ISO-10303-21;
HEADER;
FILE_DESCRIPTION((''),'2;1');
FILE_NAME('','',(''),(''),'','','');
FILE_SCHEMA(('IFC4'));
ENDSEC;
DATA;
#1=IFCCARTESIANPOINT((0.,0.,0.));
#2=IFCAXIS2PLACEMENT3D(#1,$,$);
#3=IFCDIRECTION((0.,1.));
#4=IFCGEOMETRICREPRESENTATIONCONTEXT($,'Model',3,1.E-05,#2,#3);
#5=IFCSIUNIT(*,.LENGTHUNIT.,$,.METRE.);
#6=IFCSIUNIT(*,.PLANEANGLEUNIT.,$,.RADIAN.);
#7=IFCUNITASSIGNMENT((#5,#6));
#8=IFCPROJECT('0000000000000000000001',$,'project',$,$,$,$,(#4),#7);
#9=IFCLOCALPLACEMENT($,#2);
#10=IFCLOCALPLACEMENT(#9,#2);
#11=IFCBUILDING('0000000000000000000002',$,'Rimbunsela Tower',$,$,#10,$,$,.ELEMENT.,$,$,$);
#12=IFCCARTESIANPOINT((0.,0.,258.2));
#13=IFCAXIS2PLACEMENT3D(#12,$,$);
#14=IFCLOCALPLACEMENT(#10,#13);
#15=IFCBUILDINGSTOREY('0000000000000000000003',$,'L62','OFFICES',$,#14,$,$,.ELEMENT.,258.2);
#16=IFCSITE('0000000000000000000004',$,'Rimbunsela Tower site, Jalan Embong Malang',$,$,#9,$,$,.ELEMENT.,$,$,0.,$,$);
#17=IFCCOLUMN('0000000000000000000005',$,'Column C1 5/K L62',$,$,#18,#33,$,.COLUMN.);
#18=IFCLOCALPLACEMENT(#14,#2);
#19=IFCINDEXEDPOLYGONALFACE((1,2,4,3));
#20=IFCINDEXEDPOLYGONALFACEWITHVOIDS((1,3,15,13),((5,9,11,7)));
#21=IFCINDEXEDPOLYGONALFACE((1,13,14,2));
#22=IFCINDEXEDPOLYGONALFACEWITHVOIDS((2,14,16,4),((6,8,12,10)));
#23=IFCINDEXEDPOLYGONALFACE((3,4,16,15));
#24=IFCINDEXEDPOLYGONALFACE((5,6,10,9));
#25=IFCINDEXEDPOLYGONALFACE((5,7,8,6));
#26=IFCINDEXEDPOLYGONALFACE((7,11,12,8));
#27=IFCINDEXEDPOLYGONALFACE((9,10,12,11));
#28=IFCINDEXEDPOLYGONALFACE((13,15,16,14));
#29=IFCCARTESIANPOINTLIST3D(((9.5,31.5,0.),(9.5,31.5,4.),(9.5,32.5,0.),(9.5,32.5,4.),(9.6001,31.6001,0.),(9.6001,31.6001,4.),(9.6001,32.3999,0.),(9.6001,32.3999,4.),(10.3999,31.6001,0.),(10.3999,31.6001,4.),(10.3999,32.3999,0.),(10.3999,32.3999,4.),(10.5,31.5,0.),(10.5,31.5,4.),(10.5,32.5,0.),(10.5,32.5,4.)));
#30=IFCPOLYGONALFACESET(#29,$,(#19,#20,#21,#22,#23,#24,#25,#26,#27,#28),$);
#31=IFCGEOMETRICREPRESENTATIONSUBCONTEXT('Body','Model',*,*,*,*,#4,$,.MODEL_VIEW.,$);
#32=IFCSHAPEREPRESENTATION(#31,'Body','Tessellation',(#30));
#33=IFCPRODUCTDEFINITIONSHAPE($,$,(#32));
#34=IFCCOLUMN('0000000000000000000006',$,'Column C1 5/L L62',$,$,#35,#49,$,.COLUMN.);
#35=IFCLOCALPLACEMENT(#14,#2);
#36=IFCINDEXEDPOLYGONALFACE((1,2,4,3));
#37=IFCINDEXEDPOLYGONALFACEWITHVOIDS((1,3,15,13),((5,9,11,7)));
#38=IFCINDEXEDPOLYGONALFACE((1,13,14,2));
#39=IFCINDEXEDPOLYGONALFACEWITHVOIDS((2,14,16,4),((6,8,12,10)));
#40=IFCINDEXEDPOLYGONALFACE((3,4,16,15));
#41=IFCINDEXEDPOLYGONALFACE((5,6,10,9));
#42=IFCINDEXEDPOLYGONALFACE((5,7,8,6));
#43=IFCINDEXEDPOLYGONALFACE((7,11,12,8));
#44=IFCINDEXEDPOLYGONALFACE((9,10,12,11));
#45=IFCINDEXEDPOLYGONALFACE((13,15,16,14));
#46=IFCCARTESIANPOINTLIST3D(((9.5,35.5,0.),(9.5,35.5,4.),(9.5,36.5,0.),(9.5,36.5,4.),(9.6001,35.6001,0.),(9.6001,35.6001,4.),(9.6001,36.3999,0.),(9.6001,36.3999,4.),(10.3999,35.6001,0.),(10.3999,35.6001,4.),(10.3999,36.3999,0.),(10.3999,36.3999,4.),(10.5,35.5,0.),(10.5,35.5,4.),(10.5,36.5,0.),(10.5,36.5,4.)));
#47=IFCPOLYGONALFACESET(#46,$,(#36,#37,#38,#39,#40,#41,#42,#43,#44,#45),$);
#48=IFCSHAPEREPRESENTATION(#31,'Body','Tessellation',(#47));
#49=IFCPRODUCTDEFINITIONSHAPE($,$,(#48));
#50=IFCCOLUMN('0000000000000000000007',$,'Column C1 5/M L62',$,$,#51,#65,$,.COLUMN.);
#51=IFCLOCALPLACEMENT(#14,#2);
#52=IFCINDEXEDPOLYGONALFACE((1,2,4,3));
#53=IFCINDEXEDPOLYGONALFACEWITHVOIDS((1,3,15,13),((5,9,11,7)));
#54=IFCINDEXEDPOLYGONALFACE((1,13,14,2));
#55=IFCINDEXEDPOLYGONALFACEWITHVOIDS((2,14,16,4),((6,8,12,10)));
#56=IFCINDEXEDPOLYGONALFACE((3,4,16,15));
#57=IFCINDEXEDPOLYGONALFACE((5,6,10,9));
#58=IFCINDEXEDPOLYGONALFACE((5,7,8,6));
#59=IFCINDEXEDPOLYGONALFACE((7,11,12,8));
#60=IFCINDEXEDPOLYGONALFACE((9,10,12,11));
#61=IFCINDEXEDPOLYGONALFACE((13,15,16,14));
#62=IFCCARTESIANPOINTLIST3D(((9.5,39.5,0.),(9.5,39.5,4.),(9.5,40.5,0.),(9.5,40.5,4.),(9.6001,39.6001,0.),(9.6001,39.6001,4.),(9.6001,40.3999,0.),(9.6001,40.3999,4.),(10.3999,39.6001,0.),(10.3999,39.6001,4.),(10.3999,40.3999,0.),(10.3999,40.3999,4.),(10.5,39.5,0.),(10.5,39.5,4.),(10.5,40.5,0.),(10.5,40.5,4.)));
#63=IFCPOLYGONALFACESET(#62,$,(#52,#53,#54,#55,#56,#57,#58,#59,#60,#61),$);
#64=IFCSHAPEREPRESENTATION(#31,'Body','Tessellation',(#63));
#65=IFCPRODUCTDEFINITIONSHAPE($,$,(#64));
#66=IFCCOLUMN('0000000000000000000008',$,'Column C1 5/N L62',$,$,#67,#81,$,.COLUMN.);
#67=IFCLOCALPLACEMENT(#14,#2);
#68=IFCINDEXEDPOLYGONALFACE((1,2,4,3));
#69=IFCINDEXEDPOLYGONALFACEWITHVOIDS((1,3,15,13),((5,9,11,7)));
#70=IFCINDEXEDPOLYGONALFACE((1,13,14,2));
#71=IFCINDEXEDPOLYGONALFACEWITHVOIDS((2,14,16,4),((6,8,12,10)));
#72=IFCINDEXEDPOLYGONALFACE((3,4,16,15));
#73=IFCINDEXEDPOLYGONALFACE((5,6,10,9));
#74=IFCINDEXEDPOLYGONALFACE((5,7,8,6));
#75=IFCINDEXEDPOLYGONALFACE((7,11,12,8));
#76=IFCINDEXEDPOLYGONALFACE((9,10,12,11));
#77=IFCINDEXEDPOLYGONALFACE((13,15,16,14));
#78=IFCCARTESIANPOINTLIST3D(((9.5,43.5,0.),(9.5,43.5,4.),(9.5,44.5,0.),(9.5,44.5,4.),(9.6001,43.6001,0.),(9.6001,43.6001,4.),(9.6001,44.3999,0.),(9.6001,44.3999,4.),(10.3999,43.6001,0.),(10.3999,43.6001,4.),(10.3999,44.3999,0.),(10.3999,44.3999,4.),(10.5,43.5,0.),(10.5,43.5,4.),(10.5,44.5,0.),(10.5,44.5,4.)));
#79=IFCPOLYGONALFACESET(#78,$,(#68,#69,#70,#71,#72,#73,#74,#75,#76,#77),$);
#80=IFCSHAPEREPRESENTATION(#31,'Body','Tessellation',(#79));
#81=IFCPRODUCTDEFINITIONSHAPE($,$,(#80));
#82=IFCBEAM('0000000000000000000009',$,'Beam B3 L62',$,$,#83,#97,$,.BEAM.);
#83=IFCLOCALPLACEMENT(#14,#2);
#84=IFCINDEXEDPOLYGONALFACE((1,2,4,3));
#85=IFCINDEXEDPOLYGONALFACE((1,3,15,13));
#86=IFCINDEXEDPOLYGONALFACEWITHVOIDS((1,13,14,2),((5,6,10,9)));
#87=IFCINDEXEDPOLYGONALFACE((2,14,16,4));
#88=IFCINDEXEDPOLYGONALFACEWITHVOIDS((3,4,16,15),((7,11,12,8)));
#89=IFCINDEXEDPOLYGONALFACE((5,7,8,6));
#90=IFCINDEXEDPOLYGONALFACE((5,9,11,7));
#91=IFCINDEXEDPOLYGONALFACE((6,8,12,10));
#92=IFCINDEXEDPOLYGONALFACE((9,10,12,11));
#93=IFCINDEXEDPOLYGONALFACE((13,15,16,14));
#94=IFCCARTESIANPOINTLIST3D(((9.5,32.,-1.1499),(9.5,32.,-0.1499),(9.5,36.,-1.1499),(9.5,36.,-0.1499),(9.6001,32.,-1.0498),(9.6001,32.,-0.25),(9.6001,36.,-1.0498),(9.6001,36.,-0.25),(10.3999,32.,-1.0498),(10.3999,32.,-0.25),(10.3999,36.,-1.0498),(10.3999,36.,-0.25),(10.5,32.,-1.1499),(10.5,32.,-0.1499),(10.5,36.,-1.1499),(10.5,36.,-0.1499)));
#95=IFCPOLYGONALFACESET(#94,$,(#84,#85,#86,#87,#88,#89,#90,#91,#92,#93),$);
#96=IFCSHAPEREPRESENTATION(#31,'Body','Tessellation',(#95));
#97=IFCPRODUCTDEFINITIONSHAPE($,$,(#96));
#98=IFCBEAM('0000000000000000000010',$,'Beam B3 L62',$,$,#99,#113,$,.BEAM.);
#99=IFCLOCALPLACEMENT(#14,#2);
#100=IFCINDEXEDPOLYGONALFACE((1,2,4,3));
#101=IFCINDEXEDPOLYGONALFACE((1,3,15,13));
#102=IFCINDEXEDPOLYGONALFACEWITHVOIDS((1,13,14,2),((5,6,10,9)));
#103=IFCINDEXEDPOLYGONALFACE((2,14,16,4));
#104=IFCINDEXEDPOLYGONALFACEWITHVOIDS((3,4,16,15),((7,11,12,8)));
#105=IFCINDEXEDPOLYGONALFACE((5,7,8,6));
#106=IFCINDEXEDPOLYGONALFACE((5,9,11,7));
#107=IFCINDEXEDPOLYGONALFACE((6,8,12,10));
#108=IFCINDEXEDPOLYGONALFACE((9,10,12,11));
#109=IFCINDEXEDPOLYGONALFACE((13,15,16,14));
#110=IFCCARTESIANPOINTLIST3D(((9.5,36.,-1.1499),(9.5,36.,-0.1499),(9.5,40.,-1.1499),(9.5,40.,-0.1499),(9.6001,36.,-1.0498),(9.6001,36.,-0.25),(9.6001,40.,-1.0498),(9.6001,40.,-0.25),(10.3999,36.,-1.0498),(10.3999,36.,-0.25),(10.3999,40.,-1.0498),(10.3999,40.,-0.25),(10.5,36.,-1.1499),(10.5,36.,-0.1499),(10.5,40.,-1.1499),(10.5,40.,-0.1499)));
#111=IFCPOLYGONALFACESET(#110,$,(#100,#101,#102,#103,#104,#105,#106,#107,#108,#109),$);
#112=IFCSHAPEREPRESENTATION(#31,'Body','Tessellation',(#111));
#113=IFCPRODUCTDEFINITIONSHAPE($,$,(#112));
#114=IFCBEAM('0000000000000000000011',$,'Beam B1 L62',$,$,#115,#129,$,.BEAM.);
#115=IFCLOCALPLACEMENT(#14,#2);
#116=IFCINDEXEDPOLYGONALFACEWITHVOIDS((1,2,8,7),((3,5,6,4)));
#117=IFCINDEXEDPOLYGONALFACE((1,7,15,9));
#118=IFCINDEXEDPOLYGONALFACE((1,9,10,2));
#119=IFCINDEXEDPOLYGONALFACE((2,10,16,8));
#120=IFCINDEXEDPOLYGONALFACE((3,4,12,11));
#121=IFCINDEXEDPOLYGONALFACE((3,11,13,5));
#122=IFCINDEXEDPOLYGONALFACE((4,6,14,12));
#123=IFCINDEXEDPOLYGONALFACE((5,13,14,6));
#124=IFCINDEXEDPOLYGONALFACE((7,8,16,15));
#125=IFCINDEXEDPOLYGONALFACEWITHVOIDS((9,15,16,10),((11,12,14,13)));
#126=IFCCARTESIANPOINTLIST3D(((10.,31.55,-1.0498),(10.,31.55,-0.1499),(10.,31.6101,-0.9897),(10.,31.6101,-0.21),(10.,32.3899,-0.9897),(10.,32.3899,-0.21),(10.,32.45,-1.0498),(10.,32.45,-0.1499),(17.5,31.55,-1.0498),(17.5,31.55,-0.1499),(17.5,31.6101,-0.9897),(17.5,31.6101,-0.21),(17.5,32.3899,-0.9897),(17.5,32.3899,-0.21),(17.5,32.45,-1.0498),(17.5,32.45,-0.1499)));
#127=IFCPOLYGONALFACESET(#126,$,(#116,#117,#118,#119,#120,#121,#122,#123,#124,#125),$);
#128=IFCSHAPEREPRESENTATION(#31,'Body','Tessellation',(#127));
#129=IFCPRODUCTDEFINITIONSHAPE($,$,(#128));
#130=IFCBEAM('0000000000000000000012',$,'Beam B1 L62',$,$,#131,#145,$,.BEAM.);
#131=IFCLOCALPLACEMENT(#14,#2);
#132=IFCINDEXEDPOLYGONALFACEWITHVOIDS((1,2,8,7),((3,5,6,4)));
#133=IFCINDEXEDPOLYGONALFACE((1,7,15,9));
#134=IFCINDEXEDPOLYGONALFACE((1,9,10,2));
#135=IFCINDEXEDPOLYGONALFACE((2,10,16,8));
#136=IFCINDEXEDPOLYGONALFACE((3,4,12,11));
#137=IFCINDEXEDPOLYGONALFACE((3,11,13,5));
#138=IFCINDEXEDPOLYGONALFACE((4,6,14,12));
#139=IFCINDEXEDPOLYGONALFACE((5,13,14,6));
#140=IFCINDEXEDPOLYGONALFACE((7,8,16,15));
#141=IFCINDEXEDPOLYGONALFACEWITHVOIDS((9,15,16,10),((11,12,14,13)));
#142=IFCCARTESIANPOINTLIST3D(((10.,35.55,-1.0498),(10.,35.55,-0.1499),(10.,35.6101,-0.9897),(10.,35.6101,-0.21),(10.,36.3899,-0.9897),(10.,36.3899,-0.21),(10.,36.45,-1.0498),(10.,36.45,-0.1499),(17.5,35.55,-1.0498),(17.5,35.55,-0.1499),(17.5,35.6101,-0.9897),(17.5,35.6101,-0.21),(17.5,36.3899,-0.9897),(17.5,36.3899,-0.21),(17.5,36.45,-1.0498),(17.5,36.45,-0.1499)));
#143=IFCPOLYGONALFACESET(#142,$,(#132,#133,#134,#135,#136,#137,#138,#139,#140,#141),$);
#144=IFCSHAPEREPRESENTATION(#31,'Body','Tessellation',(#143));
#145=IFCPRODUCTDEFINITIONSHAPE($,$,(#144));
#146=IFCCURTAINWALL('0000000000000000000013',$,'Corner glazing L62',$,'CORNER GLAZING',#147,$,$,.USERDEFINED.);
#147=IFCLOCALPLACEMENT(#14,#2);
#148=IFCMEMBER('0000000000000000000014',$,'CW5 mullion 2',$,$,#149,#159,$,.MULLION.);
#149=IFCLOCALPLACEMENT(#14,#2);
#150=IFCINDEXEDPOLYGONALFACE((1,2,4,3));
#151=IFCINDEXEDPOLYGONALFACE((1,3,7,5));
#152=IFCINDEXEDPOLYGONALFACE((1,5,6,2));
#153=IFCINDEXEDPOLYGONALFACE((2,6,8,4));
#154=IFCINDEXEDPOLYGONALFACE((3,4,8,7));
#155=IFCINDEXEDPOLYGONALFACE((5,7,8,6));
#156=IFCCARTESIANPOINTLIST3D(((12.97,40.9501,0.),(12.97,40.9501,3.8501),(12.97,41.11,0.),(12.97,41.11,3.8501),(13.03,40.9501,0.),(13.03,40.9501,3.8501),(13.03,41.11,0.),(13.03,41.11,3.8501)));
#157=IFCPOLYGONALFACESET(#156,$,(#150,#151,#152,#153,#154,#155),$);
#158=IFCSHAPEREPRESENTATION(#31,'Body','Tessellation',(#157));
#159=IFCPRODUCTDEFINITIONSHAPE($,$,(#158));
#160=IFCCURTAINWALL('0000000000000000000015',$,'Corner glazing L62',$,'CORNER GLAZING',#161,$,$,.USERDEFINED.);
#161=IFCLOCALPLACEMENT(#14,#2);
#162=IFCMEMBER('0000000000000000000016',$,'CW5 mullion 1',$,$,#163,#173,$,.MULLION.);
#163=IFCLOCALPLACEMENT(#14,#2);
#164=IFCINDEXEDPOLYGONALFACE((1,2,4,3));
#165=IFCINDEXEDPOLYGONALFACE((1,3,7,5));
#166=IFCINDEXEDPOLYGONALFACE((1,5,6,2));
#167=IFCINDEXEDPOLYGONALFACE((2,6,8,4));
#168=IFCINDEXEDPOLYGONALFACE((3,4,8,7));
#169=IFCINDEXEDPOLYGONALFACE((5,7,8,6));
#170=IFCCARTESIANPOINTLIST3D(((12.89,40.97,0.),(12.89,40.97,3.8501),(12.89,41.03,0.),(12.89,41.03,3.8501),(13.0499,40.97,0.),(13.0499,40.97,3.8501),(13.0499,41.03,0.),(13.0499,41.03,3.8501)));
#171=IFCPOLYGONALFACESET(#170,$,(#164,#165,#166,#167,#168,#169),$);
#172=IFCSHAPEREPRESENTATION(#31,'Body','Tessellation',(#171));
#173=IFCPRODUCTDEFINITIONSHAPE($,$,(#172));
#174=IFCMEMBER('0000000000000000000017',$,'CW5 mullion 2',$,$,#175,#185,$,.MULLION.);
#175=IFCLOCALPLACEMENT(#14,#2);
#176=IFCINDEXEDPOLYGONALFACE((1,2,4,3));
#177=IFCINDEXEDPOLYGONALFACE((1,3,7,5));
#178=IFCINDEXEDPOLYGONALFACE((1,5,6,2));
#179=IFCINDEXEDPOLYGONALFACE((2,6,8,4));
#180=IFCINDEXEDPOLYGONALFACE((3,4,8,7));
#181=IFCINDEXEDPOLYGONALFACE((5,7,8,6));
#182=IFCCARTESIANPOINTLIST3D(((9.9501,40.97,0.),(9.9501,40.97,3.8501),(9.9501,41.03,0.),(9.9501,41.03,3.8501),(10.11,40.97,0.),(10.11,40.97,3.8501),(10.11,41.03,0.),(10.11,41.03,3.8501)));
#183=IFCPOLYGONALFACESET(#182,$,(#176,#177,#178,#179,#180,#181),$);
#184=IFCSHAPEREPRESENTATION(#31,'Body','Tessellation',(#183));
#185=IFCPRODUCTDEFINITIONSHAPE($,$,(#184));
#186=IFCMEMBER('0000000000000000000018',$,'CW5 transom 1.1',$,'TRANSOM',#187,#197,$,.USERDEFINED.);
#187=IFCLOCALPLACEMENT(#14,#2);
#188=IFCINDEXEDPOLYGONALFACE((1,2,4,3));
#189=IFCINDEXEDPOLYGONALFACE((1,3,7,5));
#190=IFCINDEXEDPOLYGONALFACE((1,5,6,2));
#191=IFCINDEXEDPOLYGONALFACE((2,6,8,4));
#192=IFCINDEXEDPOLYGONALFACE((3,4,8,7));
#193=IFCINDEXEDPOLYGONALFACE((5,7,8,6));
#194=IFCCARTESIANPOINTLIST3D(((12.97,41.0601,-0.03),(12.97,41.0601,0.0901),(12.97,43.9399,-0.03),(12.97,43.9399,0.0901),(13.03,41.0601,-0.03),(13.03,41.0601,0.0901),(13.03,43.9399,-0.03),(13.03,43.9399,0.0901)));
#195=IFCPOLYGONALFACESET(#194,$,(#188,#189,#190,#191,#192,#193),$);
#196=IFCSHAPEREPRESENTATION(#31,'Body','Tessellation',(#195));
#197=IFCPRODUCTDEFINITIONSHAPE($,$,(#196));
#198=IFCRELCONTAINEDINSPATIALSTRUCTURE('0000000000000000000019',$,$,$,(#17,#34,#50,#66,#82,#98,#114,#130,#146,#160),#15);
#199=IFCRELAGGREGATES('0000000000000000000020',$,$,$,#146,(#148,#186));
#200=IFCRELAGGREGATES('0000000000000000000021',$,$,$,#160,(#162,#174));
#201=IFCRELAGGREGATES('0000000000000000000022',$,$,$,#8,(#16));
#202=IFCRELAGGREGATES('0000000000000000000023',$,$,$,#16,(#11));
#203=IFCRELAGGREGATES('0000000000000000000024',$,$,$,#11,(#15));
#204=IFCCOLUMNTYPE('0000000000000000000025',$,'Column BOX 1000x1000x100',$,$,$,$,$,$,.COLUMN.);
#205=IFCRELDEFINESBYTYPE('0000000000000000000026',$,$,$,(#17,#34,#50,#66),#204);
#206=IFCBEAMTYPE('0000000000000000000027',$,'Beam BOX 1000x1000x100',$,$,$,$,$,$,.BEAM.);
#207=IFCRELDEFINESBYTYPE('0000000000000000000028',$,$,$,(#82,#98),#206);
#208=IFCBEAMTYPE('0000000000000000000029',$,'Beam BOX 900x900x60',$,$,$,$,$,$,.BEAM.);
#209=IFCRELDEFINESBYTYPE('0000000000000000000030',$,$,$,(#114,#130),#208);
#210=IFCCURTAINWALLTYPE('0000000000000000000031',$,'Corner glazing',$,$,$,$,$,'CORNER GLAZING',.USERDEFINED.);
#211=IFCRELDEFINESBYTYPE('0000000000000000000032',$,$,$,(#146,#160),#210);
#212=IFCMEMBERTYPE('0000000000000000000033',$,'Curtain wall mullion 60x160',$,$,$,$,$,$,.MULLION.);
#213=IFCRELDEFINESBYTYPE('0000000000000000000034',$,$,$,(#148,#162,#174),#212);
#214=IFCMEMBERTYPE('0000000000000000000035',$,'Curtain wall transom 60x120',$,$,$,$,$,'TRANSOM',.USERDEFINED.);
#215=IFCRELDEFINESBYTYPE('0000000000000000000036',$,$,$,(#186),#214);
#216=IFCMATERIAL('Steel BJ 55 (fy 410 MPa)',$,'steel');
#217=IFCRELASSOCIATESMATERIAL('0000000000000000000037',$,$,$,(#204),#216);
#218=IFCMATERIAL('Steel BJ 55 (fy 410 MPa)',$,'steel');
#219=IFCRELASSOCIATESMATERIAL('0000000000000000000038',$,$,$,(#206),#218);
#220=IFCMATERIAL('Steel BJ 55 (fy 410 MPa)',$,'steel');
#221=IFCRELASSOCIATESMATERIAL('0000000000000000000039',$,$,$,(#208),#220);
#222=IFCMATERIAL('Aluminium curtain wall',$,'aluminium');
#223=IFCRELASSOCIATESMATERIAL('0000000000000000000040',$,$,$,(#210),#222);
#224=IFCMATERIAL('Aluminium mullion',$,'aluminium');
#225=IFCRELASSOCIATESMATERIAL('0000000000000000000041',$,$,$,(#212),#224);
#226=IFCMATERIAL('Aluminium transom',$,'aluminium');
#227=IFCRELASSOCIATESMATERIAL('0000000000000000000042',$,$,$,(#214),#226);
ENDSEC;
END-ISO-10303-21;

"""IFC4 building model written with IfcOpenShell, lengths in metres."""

from ifc_helpers import new_model, si_unit, direction, frame, origin, origin_2d, place, context, subcontext, project, spatial, rectangle, hollow_rectangle, extrude, material, material_profile, profile_set, type_object, element, aggregate, save


model = new_model("IFC4")

# Units and contexts
model_context = context("Model", 3, precision=1e-05, world=origin(), true_north=direction((0.0, 1.0)))
body_context = subcontext(model_context, "Body", "Model", "MODEL_VIEW")
ifc_project = project(units=[si_unit("LENGTHUNIT", "METRE"), si_unit("PLANEANGLEUNIT", "RADIAN")], contexts=[model_context])

# Site, building, storey
site_placement = place(None, origin())
site = spatial("IfcSite", under=ifc_project, at=site_placement, Name="Rimbunsela Tower site, Jalan Embong Malang", CompositionType="ELEMENT", RefElevation=0.0)
building_placement = place(site_placement, origin())
building = spatial("IfcBuilding", under=site, at=building_placement, Name="Rimbunsela Tower", CompositionType="ELEMENT")
storey_placement = place(building_placement, frame((0.0, 0.0, 258.2)))
storey = spatial("IfcBuildingStorey", under=building, at=storey_placement, Name="L62", Description="OFFICES", CompositionType="ELEMENT", Elevation=258.2)

# Columns
ifc_material_1 = material(Name="Steel BJ 55 (fy 410 MPa)", Category="steel")
ifc_material_profile_1 = material_profile(ifc_material_1, hollow_rectangle(XDim=1.0, YDim=1.0, WallThickness=0.1001, at=origin_2d()), Name="BOX 1000x1000x100")
ifc_profile_set_1 = profile_set([ifc_material_profile_1], Name="Steel BJ 55 (fy 410 MPa)")
column_type = type_object("IfcColumnType", Name="Column BOX 1000x1000x100", PredefinedType="COLUMN", material=ifc_profile_set_1)
for number, where, z_axis, x_axis, name in (
    (1, (10.0, 32.0, 0.0), (0.0, 0.0, 1.0), (1.0, 0.0, 0.0), "Column C1 5/K L62"),
    (2, (10.0, 36.0, 0.0), (0.0, 0.0, 1.0), (1.0, 0.0, 0.0), "Column C1 5/L L62"),
    (3, (10.0, 40.0, 0.0), (0.0, 0.0, 1.0), (1.0, 0.0, 0.0), "Column C1 5/M L62"),
    (4, (10.0, 44.0, 0.0), (0.0, 0.0, 1.0), (1.0, 0.0, 0.0), "Column C1 5/N L62"),
):
    element("IfcColumn", number, at=place(storey_placement, frame(where, z_axis=z_axis, x_axis=x_axis)), inside=storey, type_object=column_type, Name=name, PredefinedType="COLUMN", context=body_context, shape_type="SweptSolid", body=[
        extrude(hollow_rectangle(XDim=1.0, YDim=1.0, WallThickness=0.1001, at=origin_2d()), origin(), (0.0, 0.0, 1.0), 4.0),
    ])

# Beams
ifc_material_2 = material(Name="Steel BJ 55 (fy 410 MPa)", Category="steel")
ifc_material_profile_2 = material_profile(ifc_material_2, hollow_rectangle(XDim=1.0, YDim=1.0, WallThickness=0.1001, at=origin_2d()), Name="BOX 1000x1000x100")
ifc_profile_set_2 = profile_set([ifc_material_profile_2], Name="Steel BJ 55 (fy 410 MPa)")
beam_type_1 = type_object("IfcBeamType", Name="Beam BOX 1000x1000x100", PredefinedType="BEAM", material=ifc_profile_set_2)
for number, where, z_axis, x_axis, name in (
    (5, (10.0, 32.0, -0.6499), (0.0, 1.0, 0.0), (-1.0, 0.0, 0.0), "Beam B3 L62"),
    (6, (10.0, 36.0, -0.6499), (0.0, 1.0, 0.0), (-1.0, 0.0, 0.0), "Beam B3 L62"),
):
    element("IfcBeam", number, at=place(storey_placement, frame(where, z_axis=z_axis, x_axis=x_axis)), inside=storey, type_object=beam_type_1, Name=name, PredefinedType="BEAM", context=body_context, shape_type="SweptSolid", body=[
        extrude(hollow_rectangle(XDim=1.0, YDim=1.0, WallThickness=0.1001, at=origin_2d()), origin(), (0.0, 0.0, 1.0), 4.0),
    ])
ifc_material_3 = material(Name="Steel BJ 55 (fy 410 MPa)", Category="steel")
ifc_material_profile_3 = material_profile(ifc_material_3, hollow_rectangle(XDim=0.8999, YDim=0.8999, WallThickness=0.0601, at=origin_2d()), Name="BOX 900x900x60")
ifc_profile_set_3 = profile_set([ifc_material_profile_3], Name="Steel BJ 55 (fy 410 MPa)")
beam_type_2 = type_object("IfcBeamType", Name="Beam BOX 900x900x60", PredefinedType="BEAM", material=ifc_profile_set_3)
for number, where, z_axis, x_axis, name in (
    (7, (10.0, 32.0, -0.5999), (1.0, 0.0, 0.0), (0.0, 1.0, 0.0), "Beam B1 L62"),
    (8, (10.0, 36.0, -0.5999), (1.0, 0.0, 0.0), (0.0, 1.0, 0.0), "Beam B1 L62"),
):
    element("IfcBeam", number, at=place(storey_placement, frame(where, z_axis=z_axis, x_axis=x_axis)), inside=storey, type_object=beam_type_2, Name=name, PredefinedType="BEAM", context=body_context, shape_type="SweptSolid", body=[
        extrude(hollow_rectangle(XDim=0.8999, YDim=0.8999, WallThickness=0.0601, at=origin_2d()), origin(), (0.0, 0.0, 1.0), 7.5),
    ])

# Curtain wall, member
ifc_material_4 = material(Name="Aluminium curtain wall", Category="aluminium")
curtain_wall_type = type_object("IfcCurtainWallType", Name="Corner glazing", ElementType="CORNER GLAZING", PredefinedType="USERDEFINED", material=ifc_material_4)
curtain_wall_1_placement = place(storey_placement, origin())
curtain_wall_1 = element("IfcCurtainWall", 9, at=curtain_wall_1_placement, inside=storey, type_object=curtain_wall_type, Name="Corner glazing L62", ObjectType="CORNER GLAZING", PredefinedType="USERDEFINED")
ifc_material_5 = material(Name="Aluminium mullion", Category="aluminium")
ifc_material_profile_4 = material_profile(ifc_material_5, rectangle(XDim=0.0601, YDim=0.1599, at=origin_2d()), Name="Mullion 60x160")
ifc_profile_set_4 = profile_set([ifc_material_profile_4], Name="Aluminium mullion")
member_type_1 = type_object("IfcMemberType", Name="Curtain wall mullion 60x160", PredefinedType="MULLION", material=ifc_profile_set_4)
member_1_placement = place(storey_placement, frame((13.0, 41.03, 0.0), z_axis=(0.0, 0.0, 1.0), x_axis=(1.0, 0.0, 0.0)))
member_1 = element("IfcMember", 10, at=member_1_placement, type_object=member_type_1, Name="CW5 mullion 2", PredefinedType="MULLION", context=body_context, shape_type="SweptSolid", body=[
    extrude(rectangle(XDim=0.0601, YDim=0.1599, at=origin_2d()), origin(), (0.0, 0.0, 1.0), 3.8501),
])

# Curtain wall, members
curtain_wall_2_placement = place(storey_placement, origin())
curtain_wall_2 = element("IfcCurtainWall", 11, at=curtain_wall_2_placement, inside=storey, type_object=curtain_wall_type, Name="Corner glazing L62", ObjectType="CORNER GLAZING", PredefinedType="USERDEFINED")
member_2_placement = place(storey_placement, frame((12.97, 41.0, 0.0), z_axis=(0.0, 0.0, 1.0), x_axis=(0.0, -1.0, 0.0)))
member_2 = element("IfcMember", 12, at=member_2_placement, type_object=member_type_1, Name="CW5 mullion 1", PredefinedType="MULLION", context=body_context, shape_type="SweptSolid", body=[
    extrude(rectangle(XDim=0.0601, YDim=0.1599, at=origin_2d()), origin(), (0.0, 0.0, 1.0), 3.8501),
])
member_3_placement = place(storey_placement, frame((10.03, 41.0, 0.0), z_axis=(0.0, 0.0, 1.0), x_axis=(0.0, -1.0, 0.0)))
member_3 = element("IfcMember", 13, at=member_3_placement, type_object=member_type_1, Name="CW5 mullion 2", PredefinedType="MULLION", context=body_context, shape_type="SweptSolid", body=[
    extrude(rectangle(XDim=0.0601, YDim=0.1599, at=origin_2d()), origin(), (0.0, 0.0, 1.0), 3.8501),
])

# Member
ifc_material_6 = material(Name="Aluminium transom", Category="aluminium")
ifc_material_profile_5 = material_profile(ifc_material_6, rectangle(XDim=0.0601, YDim=0.1201, at=origin_2d()), Name="Transom 60x120")
ifc_profile_set_5 = profile_set([ifc_material_profile_5], Name="Aluminium transom")
member_type_2 = type_object("IfcMemberType", Name="Curtain wall transom 60x120", ElementType="TRANSOM", PredefinedType="USERDEFINED", material=ifc_profile_set_5)
member_4_placement = place(storey_placement, frame((13.0, 43.9399, 0.03), z_axis=(0.0, -1.0, 0.0), x_axis=(1.0, 0.0, 0.0)))
member_4 = element("IfcMember", 14, at=member_4_placement, type_object=member_type_2, Name="CW5 transom 1.1", ObjectType="TRANSOM", PredefinedType="USERDEFINED", context=body_context, shape_type="SweptSolid", body=[
    extrude(rectangle(XDim=0.0601, YDim=0.1201, at=origin_2d()), origin(), (0.0, 0.0, 1.0), 2.8799),
])

aggregate(curtain_wall_1, [member_1, member_4])
aggregate(curtain_wall_2, [member_2, member_3])

save(model, "model.ifc")
